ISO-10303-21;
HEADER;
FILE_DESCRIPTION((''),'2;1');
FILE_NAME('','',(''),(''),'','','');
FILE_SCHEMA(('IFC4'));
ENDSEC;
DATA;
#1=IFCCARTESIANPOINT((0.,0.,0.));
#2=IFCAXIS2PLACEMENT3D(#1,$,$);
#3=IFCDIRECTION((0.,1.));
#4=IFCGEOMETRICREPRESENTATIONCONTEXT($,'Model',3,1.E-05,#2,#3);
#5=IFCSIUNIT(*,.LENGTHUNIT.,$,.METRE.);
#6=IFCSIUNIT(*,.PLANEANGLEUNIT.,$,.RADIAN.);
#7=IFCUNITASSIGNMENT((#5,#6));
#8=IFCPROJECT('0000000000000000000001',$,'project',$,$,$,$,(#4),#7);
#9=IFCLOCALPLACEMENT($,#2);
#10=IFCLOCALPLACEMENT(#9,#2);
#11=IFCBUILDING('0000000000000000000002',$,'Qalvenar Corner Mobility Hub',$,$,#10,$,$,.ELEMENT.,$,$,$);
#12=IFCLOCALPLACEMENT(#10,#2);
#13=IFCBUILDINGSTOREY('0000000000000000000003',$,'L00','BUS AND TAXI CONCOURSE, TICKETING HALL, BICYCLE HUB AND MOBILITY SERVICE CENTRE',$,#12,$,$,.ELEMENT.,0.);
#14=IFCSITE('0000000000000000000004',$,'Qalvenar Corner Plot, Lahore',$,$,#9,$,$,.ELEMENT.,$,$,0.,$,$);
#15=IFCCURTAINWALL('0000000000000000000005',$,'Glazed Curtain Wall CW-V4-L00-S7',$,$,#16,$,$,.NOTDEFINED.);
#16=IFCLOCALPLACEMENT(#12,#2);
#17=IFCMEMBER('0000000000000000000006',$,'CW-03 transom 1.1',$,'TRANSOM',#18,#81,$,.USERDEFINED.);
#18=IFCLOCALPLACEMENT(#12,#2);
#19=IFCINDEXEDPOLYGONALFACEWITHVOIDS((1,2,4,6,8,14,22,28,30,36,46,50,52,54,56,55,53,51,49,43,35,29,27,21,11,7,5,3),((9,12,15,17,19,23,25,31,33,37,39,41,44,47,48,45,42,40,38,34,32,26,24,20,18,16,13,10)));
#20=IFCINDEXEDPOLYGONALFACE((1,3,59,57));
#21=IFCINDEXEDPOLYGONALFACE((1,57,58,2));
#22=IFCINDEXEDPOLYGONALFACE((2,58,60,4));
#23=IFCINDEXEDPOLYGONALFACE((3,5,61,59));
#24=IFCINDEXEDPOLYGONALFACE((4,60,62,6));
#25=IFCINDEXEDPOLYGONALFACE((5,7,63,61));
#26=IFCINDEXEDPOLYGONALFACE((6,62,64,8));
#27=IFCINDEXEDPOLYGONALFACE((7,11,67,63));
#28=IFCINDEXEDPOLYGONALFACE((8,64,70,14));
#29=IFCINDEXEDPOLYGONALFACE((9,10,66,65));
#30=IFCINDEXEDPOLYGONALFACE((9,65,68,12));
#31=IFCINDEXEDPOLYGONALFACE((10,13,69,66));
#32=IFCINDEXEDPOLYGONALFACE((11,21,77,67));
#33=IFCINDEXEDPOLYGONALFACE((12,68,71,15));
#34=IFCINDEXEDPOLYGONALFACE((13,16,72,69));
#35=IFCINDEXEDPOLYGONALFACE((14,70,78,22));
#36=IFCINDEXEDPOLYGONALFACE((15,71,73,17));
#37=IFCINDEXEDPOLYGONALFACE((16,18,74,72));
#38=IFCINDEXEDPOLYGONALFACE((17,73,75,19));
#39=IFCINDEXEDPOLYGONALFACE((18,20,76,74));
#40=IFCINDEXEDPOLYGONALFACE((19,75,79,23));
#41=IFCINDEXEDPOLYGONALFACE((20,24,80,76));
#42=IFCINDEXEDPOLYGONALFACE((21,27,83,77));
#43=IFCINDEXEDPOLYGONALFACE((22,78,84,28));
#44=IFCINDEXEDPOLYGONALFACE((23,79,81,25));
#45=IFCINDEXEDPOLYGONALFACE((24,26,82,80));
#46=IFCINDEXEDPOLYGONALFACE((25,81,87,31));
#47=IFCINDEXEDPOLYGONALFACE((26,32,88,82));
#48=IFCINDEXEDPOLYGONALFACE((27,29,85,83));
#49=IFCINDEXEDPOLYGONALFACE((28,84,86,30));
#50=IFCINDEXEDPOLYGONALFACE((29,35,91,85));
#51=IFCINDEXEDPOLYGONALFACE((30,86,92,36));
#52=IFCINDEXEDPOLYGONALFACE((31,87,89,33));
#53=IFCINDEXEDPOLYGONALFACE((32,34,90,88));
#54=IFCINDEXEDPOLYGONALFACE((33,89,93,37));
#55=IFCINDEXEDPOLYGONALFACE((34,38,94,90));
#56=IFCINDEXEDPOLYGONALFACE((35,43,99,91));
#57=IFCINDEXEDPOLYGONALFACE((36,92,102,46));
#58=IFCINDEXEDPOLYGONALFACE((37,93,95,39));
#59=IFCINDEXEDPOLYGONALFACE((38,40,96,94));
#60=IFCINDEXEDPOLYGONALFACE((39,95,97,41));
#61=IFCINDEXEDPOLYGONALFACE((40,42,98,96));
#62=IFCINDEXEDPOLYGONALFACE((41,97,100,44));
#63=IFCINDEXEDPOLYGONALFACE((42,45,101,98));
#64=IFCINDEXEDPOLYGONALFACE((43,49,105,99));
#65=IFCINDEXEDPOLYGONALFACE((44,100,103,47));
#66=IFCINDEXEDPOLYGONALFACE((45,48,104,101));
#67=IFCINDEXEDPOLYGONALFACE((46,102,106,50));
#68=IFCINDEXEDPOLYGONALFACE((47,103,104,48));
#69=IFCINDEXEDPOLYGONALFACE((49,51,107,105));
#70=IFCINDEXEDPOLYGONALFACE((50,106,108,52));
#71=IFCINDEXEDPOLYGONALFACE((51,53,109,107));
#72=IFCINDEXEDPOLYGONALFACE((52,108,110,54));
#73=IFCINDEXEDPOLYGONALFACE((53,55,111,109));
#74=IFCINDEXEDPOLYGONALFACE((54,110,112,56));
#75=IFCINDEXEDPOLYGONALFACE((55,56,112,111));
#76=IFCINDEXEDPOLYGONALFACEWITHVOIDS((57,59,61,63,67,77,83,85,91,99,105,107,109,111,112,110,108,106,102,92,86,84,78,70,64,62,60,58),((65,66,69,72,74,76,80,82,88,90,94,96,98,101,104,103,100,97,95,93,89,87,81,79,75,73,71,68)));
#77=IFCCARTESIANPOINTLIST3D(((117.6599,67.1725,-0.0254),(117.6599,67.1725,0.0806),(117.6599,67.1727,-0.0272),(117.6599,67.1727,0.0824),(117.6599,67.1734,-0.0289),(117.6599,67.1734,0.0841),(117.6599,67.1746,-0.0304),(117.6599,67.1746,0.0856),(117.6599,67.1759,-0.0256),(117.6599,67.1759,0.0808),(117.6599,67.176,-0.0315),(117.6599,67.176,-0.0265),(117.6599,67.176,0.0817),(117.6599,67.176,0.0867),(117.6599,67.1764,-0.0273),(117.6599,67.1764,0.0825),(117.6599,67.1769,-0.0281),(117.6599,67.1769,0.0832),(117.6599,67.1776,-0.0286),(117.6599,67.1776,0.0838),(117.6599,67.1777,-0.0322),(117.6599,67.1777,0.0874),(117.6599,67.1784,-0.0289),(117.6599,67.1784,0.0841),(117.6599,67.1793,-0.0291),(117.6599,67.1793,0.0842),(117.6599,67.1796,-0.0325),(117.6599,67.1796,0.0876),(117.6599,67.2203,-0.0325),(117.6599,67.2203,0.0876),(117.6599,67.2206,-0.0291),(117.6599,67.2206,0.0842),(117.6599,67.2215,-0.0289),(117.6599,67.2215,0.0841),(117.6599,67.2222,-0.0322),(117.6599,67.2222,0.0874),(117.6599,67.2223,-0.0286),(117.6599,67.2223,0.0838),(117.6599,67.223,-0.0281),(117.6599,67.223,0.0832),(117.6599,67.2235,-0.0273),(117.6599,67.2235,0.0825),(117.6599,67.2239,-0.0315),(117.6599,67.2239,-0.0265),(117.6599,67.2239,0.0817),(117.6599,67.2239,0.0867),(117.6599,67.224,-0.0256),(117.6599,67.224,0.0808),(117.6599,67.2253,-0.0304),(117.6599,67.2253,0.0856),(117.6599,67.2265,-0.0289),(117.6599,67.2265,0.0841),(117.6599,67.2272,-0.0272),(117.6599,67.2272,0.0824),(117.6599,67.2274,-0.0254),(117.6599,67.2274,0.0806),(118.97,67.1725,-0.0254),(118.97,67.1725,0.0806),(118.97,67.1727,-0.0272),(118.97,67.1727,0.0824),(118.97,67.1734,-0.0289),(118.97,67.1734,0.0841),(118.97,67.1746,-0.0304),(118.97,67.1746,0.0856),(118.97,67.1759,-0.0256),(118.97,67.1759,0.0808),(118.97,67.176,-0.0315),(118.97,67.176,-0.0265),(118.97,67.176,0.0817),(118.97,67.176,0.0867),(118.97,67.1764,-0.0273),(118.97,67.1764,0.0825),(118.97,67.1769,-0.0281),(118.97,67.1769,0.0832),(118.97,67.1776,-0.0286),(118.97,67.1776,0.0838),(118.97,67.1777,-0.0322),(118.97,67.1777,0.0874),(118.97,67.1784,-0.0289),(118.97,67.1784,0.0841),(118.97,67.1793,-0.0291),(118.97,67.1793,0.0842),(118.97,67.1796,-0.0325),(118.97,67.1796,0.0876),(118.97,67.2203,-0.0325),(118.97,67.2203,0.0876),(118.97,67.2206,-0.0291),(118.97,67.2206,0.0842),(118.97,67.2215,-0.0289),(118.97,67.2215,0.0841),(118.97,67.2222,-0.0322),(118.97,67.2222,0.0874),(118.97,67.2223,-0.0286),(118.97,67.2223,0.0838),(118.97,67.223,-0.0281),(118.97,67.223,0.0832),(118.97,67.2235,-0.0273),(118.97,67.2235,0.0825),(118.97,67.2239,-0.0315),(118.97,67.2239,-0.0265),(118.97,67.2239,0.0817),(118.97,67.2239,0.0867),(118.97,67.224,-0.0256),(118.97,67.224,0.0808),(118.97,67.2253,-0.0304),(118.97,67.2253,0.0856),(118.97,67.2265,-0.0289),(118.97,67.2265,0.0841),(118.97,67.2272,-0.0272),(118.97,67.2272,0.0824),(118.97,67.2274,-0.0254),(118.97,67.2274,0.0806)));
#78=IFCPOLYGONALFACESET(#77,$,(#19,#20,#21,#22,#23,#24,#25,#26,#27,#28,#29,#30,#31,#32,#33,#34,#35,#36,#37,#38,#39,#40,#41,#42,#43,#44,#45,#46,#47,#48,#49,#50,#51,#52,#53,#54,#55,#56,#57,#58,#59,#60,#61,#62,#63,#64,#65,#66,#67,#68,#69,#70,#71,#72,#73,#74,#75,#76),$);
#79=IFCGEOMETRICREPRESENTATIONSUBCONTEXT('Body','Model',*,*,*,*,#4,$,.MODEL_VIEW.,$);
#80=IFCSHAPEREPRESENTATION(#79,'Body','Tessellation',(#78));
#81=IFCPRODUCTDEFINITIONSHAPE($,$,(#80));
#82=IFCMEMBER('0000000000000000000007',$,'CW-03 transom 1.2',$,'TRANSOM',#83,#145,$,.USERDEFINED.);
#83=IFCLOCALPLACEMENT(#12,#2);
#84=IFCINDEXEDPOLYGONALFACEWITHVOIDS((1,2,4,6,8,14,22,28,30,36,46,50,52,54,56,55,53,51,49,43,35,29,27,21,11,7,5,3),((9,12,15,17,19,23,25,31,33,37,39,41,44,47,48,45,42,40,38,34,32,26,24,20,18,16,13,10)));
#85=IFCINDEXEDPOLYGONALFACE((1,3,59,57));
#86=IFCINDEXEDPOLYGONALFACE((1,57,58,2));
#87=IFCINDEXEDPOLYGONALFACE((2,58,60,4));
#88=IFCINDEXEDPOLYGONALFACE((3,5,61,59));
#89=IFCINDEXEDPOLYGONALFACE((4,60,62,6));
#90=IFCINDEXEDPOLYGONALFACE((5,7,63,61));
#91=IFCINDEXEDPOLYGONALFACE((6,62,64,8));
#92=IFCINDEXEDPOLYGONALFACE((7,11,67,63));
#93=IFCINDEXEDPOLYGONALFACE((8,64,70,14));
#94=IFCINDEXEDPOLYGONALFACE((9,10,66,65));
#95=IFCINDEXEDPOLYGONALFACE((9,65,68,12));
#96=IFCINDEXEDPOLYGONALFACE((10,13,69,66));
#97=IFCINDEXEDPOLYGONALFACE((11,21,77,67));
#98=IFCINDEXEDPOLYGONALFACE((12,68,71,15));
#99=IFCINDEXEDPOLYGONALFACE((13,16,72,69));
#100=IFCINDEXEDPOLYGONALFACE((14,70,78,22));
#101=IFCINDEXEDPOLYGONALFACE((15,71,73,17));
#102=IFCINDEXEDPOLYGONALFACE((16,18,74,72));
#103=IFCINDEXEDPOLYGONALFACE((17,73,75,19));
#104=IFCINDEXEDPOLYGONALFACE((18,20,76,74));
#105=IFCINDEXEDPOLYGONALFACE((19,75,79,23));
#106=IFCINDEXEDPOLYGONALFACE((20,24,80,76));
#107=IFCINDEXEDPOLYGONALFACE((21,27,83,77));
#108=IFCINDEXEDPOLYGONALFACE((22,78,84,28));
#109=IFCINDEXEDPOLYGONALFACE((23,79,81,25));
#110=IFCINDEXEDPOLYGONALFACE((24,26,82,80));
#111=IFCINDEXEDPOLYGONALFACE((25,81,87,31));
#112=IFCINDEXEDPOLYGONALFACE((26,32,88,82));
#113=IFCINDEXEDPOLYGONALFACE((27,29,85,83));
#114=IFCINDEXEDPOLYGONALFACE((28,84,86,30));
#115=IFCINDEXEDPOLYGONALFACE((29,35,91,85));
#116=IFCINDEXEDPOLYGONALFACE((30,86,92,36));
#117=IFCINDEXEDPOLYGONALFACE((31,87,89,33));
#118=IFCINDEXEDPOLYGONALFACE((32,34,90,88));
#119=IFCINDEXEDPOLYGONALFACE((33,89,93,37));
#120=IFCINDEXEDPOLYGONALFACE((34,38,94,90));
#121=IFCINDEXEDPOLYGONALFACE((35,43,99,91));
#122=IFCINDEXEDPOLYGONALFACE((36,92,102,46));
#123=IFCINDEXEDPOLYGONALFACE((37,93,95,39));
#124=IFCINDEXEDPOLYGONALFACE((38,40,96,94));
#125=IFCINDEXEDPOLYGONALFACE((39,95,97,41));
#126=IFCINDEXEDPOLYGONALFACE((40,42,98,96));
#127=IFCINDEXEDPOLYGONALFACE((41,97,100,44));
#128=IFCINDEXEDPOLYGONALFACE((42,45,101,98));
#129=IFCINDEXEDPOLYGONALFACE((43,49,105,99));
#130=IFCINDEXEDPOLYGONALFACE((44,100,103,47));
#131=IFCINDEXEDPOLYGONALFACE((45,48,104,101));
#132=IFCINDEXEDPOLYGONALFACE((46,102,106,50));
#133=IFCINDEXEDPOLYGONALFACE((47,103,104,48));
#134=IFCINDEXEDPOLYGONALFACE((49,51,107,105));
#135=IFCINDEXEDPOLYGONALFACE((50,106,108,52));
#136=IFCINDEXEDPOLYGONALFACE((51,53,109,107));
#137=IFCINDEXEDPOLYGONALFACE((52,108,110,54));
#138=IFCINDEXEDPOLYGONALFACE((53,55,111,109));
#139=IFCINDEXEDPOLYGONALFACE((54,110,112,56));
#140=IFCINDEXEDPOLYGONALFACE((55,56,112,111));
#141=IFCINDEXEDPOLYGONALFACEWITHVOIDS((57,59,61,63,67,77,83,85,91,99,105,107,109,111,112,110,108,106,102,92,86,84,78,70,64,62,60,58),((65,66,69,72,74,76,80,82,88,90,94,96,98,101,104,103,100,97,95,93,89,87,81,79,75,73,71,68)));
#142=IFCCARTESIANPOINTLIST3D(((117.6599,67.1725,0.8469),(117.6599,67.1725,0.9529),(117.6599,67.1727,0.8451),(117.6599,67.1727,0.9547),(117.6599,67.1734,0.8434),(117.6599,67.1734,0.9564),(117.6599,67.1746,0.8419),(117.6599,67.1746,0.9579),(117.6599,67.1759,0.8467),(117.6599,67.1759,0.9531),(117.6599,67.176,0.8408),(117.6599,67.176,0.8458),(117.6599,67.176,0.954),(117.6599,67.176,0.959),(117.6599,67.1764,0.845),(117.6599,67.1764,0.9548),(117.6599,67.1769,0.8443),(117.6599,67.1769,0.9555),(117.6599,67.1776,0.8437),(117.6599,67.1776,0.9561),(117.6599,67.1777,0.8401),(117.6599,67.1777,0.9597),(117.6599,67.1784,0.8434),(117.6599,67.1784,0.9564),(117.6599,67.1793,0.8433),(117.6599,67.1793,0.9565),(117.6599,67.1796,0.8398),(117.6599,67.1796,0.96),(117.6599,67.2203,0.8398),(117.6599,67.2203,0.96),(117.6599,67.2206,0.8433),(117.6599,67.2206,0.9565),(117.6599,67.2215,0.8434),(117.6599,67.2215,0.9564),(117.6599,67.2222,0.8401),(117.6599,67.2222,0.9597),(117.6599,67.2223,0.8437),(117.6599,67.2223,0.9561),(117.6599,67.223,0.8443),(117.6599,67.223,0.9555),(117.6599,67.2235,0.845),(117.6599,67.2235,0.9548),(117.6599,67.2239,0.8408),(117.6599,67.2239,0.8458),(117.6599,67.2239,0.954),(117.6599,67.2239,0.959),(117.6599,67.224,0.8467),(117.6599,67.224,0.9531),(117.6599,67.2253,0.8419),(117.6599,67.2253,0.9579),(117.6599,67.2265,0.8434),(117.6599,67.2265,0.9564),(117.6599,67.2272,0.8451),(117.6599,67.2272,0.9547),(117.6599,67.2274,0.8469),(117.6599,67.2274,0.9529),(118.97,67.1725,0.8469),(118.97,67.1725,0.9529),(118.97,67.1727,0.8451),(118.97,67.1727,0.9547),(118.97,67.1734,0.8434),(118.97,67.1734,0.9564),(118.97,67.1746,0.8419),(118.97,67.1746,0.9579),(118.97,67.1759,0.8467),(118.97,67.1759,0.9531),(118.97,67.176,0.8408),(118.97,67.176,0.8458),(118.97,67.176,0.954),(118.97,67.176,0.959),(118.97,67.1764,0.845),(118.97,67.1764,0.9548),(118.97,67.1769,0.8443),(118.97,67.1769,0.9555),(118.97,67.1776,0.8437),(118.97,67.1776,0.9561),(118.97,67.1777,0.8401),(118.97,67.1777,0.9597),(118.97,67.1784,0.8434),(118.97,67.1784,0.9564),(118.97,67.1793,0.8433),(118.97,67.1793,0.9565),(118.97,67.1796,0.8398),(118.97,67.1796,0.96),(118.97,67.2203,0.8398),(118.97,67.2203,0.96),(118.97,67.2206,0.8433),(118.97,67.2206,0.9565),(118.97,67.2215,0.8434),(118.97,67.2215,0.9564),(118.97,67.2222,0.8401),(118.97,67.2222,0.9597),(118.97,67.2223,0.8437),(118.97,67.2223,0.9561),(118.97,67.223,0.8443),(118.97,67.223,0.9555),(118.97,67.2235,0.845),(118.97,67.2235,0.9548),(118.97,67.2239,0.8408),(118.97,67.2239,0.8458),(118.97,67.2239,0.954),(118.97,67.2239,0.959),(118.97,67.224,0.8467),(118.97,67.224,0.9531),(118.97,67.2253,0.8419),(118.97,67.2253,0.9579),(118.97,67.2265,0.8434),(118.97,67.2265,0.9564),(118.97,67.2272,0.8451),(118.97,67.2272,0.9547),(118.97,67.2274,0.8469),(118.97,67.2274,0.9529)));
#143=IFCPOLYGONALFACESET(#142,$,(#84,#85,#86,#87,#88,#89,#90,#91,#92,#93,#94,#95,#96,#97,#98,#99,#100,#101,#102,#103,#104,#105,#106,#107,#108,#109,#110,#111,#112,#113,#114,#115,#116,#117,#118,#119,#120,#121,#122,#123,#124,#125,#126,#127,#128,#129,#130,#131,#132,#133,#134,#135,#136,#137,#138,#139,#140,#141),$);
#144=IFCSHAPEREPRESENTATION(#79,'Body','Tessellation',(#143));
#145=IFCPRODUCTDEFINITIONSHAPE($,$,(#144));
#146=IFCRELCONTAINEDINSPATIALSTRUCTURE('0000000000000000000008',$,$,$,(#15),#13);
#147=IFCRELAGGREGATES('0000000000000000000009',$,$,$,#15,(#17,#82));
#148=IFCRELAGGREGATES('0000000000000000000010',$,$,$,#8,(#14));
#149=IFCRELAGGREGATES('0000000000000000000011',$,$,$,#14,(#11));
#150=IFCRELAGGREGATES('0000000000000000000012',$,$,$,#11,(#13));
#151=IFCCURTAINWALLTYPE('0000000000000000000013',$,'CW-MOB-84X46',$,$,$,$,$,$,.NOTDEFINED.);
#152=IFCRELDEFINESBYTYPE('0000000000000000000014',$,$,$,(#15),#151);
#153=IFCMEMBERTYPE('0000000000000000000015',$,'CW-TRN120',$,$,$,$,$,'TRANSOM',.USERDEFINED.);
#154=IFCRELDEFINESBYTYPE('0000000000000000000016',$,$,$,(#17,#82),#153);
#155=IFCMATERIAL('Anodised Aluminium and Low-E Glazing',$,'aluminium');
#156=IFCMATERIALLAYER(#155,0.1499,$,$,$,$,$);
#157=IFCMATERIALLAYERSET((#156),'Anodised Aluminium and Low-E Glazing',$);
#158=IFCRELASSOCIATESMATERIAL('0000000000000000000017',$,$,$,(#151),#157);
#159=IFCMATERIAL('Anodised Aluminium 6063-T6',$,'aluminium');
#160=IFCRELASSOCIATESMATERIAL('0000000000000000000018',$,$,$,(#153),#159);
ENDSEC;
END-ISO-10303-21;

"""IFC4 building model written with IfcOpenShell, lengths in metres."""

from ifc_helpers import new_model, si_unit, direction, frame, origin, origin_2d, place, context, subcontext, project, spatial, hollow_rectangle, extrude, material, layer, layer_set, material_profile, profile_set, type_object, element, aggregate, save


model = new_model("IFC4")

# Units and contexts
model_context = context("Model", 3, precision=1e-05, world=origin(), true_north=direction((0.0, 1.0)))
body_context = subcontext(model_context, "Body", "Model", "MODEL_VIEW")
ifc_project = project(units=[si_unit("LENGTHUNIT", "METRE"), si_unit("PLANEANGLEUNIT", "RADIAN")], contexts=[model_context])

# Site, building, storey
site_placement = place(None, origin())
site = spatial("IfcSite", under=ifc_project, at=site_placement, Name="Qalvenar Corner Plot, Lahore", CompositionType="ELEMENT", RefElevation=0.0)
building_placement = place(site_placement, origin())
building = spatial("IfcBuilding", under=site, at=building_placement, Name="Qalvenar Corner Mobility Hub", CompositionType="ELEMENT")
storey_placement = place(building_placement, origin())
storey = spatial("IfcBuildingStorey", under=building, at=storey_placement, Name="L00", Description="BUS AND TAXI CONCOURSE, TICKETING HALL, BICYCLE HUB AND MOBILITY SERVICE CENTRE", CompositionType="ELEMENT", Elevation=0.0)

# Shared definitions
ifc_material_1 = material(Name="Anodised Aluminium and Low-E Glazing", Category="aluminium")
ifc_layer_1 = layer(ifc_material_1, 0.1499)
ifc_layer_set_1 = layer_set([ifc_layer_1], Name="Anodised Aluminium and Low-E Glazing")
curtain_wall_type = type_object("IfcCurtainWallType", Name="CW-MOB-84X46", PredefinedType="NOTDEFINED", material=ifc_layer_set_1)
ifc_material_2 = material(Name="Anodised Aluminium 6063-T6", Category="aluminium")

# Curtain wall, members
curtain_wall_1_placement = place(storey_placement, origin())
curtain_wall_1 = element("IfcCurtainWall", 1, at=curtain_wall_1_placement, inside=storey, type_object=curtain_wall_type, Name="Glazed Curtain Wall CW-V4-L00-S7", PredefinedType="NOTDEFINED")
ifc_material_profile_1 = material_profile(ifc_material_2, hollow_rectangle(XDim=0.0549, YDim=0.1201, WallThickness=0.0034, InnerFilletRadius=0.0034, OuterFilletRadius=0.0071, at=origin_2d()), Name="RHS120x55x3.5")
ifc_profile_set_1 = profile_set([ifc_material_profile_1], Name="Anodised Aluminium 6063-T6")
member_type_1 = type_object("IfcMemberType", Name="CW-TRN120", ElementType="TRANSOM", PredefinedType="USERDEFINED", material=ifc_profile_set_1)
member_1_placement = place(storey_placement, frame((117.6599, 67.2, 0.0276), z_axis=(1.0, 0.0, 0.0), x_axis=(0.0, 1.0, 0.0)))
member_1 = element("IfcMember", 2, at=member_1_placement, type_object=member_type_1, Name="CW-03 transom 1.1", ObjectType="TRANSOM", PredefinedType="USERDEFINED", context=body_context, shape_type="SweptSolid", body=[
    extrude(hollow_rectangle(XDim=0.0549, YDim=0.1201, WallThickness=0.0034, InnerFilletRadius=0.0034, OuterFilletRadius=0.0071, at=origin_2d()), origin(), (0.0, 0.0, 1.0), 1.3101),
])
member_2_placement = place(storey_placement, frame((117.6599, 67.2, 0.8999), z_axis=(1.0, 0.0, 0.0), x_axis=(0.0, 1.0, 0.0)))
member_2 = element("IfcMember", 3, at=member_2_placement, type_object=member_type_1, Name="CW-03 transom 1.2", ObjectType="TRANSOM", PredefinedType="USERDEFINED", context=body_context, shape_type="SweptSolid", body=[
    extrude(hollow_rectangle(XDim=0.0549, YDim=0.1201, WallThickness=0.0034, InnerFilletRadius=0.0034, OuterFilletRadius=0.0071, at=origin_2d()), origin(), (0.0, 0.0, 1.0), 1.3101),
])
aggregate(curtain_wall_1, [member_1, member_2])

save(model, "model.ifc")
